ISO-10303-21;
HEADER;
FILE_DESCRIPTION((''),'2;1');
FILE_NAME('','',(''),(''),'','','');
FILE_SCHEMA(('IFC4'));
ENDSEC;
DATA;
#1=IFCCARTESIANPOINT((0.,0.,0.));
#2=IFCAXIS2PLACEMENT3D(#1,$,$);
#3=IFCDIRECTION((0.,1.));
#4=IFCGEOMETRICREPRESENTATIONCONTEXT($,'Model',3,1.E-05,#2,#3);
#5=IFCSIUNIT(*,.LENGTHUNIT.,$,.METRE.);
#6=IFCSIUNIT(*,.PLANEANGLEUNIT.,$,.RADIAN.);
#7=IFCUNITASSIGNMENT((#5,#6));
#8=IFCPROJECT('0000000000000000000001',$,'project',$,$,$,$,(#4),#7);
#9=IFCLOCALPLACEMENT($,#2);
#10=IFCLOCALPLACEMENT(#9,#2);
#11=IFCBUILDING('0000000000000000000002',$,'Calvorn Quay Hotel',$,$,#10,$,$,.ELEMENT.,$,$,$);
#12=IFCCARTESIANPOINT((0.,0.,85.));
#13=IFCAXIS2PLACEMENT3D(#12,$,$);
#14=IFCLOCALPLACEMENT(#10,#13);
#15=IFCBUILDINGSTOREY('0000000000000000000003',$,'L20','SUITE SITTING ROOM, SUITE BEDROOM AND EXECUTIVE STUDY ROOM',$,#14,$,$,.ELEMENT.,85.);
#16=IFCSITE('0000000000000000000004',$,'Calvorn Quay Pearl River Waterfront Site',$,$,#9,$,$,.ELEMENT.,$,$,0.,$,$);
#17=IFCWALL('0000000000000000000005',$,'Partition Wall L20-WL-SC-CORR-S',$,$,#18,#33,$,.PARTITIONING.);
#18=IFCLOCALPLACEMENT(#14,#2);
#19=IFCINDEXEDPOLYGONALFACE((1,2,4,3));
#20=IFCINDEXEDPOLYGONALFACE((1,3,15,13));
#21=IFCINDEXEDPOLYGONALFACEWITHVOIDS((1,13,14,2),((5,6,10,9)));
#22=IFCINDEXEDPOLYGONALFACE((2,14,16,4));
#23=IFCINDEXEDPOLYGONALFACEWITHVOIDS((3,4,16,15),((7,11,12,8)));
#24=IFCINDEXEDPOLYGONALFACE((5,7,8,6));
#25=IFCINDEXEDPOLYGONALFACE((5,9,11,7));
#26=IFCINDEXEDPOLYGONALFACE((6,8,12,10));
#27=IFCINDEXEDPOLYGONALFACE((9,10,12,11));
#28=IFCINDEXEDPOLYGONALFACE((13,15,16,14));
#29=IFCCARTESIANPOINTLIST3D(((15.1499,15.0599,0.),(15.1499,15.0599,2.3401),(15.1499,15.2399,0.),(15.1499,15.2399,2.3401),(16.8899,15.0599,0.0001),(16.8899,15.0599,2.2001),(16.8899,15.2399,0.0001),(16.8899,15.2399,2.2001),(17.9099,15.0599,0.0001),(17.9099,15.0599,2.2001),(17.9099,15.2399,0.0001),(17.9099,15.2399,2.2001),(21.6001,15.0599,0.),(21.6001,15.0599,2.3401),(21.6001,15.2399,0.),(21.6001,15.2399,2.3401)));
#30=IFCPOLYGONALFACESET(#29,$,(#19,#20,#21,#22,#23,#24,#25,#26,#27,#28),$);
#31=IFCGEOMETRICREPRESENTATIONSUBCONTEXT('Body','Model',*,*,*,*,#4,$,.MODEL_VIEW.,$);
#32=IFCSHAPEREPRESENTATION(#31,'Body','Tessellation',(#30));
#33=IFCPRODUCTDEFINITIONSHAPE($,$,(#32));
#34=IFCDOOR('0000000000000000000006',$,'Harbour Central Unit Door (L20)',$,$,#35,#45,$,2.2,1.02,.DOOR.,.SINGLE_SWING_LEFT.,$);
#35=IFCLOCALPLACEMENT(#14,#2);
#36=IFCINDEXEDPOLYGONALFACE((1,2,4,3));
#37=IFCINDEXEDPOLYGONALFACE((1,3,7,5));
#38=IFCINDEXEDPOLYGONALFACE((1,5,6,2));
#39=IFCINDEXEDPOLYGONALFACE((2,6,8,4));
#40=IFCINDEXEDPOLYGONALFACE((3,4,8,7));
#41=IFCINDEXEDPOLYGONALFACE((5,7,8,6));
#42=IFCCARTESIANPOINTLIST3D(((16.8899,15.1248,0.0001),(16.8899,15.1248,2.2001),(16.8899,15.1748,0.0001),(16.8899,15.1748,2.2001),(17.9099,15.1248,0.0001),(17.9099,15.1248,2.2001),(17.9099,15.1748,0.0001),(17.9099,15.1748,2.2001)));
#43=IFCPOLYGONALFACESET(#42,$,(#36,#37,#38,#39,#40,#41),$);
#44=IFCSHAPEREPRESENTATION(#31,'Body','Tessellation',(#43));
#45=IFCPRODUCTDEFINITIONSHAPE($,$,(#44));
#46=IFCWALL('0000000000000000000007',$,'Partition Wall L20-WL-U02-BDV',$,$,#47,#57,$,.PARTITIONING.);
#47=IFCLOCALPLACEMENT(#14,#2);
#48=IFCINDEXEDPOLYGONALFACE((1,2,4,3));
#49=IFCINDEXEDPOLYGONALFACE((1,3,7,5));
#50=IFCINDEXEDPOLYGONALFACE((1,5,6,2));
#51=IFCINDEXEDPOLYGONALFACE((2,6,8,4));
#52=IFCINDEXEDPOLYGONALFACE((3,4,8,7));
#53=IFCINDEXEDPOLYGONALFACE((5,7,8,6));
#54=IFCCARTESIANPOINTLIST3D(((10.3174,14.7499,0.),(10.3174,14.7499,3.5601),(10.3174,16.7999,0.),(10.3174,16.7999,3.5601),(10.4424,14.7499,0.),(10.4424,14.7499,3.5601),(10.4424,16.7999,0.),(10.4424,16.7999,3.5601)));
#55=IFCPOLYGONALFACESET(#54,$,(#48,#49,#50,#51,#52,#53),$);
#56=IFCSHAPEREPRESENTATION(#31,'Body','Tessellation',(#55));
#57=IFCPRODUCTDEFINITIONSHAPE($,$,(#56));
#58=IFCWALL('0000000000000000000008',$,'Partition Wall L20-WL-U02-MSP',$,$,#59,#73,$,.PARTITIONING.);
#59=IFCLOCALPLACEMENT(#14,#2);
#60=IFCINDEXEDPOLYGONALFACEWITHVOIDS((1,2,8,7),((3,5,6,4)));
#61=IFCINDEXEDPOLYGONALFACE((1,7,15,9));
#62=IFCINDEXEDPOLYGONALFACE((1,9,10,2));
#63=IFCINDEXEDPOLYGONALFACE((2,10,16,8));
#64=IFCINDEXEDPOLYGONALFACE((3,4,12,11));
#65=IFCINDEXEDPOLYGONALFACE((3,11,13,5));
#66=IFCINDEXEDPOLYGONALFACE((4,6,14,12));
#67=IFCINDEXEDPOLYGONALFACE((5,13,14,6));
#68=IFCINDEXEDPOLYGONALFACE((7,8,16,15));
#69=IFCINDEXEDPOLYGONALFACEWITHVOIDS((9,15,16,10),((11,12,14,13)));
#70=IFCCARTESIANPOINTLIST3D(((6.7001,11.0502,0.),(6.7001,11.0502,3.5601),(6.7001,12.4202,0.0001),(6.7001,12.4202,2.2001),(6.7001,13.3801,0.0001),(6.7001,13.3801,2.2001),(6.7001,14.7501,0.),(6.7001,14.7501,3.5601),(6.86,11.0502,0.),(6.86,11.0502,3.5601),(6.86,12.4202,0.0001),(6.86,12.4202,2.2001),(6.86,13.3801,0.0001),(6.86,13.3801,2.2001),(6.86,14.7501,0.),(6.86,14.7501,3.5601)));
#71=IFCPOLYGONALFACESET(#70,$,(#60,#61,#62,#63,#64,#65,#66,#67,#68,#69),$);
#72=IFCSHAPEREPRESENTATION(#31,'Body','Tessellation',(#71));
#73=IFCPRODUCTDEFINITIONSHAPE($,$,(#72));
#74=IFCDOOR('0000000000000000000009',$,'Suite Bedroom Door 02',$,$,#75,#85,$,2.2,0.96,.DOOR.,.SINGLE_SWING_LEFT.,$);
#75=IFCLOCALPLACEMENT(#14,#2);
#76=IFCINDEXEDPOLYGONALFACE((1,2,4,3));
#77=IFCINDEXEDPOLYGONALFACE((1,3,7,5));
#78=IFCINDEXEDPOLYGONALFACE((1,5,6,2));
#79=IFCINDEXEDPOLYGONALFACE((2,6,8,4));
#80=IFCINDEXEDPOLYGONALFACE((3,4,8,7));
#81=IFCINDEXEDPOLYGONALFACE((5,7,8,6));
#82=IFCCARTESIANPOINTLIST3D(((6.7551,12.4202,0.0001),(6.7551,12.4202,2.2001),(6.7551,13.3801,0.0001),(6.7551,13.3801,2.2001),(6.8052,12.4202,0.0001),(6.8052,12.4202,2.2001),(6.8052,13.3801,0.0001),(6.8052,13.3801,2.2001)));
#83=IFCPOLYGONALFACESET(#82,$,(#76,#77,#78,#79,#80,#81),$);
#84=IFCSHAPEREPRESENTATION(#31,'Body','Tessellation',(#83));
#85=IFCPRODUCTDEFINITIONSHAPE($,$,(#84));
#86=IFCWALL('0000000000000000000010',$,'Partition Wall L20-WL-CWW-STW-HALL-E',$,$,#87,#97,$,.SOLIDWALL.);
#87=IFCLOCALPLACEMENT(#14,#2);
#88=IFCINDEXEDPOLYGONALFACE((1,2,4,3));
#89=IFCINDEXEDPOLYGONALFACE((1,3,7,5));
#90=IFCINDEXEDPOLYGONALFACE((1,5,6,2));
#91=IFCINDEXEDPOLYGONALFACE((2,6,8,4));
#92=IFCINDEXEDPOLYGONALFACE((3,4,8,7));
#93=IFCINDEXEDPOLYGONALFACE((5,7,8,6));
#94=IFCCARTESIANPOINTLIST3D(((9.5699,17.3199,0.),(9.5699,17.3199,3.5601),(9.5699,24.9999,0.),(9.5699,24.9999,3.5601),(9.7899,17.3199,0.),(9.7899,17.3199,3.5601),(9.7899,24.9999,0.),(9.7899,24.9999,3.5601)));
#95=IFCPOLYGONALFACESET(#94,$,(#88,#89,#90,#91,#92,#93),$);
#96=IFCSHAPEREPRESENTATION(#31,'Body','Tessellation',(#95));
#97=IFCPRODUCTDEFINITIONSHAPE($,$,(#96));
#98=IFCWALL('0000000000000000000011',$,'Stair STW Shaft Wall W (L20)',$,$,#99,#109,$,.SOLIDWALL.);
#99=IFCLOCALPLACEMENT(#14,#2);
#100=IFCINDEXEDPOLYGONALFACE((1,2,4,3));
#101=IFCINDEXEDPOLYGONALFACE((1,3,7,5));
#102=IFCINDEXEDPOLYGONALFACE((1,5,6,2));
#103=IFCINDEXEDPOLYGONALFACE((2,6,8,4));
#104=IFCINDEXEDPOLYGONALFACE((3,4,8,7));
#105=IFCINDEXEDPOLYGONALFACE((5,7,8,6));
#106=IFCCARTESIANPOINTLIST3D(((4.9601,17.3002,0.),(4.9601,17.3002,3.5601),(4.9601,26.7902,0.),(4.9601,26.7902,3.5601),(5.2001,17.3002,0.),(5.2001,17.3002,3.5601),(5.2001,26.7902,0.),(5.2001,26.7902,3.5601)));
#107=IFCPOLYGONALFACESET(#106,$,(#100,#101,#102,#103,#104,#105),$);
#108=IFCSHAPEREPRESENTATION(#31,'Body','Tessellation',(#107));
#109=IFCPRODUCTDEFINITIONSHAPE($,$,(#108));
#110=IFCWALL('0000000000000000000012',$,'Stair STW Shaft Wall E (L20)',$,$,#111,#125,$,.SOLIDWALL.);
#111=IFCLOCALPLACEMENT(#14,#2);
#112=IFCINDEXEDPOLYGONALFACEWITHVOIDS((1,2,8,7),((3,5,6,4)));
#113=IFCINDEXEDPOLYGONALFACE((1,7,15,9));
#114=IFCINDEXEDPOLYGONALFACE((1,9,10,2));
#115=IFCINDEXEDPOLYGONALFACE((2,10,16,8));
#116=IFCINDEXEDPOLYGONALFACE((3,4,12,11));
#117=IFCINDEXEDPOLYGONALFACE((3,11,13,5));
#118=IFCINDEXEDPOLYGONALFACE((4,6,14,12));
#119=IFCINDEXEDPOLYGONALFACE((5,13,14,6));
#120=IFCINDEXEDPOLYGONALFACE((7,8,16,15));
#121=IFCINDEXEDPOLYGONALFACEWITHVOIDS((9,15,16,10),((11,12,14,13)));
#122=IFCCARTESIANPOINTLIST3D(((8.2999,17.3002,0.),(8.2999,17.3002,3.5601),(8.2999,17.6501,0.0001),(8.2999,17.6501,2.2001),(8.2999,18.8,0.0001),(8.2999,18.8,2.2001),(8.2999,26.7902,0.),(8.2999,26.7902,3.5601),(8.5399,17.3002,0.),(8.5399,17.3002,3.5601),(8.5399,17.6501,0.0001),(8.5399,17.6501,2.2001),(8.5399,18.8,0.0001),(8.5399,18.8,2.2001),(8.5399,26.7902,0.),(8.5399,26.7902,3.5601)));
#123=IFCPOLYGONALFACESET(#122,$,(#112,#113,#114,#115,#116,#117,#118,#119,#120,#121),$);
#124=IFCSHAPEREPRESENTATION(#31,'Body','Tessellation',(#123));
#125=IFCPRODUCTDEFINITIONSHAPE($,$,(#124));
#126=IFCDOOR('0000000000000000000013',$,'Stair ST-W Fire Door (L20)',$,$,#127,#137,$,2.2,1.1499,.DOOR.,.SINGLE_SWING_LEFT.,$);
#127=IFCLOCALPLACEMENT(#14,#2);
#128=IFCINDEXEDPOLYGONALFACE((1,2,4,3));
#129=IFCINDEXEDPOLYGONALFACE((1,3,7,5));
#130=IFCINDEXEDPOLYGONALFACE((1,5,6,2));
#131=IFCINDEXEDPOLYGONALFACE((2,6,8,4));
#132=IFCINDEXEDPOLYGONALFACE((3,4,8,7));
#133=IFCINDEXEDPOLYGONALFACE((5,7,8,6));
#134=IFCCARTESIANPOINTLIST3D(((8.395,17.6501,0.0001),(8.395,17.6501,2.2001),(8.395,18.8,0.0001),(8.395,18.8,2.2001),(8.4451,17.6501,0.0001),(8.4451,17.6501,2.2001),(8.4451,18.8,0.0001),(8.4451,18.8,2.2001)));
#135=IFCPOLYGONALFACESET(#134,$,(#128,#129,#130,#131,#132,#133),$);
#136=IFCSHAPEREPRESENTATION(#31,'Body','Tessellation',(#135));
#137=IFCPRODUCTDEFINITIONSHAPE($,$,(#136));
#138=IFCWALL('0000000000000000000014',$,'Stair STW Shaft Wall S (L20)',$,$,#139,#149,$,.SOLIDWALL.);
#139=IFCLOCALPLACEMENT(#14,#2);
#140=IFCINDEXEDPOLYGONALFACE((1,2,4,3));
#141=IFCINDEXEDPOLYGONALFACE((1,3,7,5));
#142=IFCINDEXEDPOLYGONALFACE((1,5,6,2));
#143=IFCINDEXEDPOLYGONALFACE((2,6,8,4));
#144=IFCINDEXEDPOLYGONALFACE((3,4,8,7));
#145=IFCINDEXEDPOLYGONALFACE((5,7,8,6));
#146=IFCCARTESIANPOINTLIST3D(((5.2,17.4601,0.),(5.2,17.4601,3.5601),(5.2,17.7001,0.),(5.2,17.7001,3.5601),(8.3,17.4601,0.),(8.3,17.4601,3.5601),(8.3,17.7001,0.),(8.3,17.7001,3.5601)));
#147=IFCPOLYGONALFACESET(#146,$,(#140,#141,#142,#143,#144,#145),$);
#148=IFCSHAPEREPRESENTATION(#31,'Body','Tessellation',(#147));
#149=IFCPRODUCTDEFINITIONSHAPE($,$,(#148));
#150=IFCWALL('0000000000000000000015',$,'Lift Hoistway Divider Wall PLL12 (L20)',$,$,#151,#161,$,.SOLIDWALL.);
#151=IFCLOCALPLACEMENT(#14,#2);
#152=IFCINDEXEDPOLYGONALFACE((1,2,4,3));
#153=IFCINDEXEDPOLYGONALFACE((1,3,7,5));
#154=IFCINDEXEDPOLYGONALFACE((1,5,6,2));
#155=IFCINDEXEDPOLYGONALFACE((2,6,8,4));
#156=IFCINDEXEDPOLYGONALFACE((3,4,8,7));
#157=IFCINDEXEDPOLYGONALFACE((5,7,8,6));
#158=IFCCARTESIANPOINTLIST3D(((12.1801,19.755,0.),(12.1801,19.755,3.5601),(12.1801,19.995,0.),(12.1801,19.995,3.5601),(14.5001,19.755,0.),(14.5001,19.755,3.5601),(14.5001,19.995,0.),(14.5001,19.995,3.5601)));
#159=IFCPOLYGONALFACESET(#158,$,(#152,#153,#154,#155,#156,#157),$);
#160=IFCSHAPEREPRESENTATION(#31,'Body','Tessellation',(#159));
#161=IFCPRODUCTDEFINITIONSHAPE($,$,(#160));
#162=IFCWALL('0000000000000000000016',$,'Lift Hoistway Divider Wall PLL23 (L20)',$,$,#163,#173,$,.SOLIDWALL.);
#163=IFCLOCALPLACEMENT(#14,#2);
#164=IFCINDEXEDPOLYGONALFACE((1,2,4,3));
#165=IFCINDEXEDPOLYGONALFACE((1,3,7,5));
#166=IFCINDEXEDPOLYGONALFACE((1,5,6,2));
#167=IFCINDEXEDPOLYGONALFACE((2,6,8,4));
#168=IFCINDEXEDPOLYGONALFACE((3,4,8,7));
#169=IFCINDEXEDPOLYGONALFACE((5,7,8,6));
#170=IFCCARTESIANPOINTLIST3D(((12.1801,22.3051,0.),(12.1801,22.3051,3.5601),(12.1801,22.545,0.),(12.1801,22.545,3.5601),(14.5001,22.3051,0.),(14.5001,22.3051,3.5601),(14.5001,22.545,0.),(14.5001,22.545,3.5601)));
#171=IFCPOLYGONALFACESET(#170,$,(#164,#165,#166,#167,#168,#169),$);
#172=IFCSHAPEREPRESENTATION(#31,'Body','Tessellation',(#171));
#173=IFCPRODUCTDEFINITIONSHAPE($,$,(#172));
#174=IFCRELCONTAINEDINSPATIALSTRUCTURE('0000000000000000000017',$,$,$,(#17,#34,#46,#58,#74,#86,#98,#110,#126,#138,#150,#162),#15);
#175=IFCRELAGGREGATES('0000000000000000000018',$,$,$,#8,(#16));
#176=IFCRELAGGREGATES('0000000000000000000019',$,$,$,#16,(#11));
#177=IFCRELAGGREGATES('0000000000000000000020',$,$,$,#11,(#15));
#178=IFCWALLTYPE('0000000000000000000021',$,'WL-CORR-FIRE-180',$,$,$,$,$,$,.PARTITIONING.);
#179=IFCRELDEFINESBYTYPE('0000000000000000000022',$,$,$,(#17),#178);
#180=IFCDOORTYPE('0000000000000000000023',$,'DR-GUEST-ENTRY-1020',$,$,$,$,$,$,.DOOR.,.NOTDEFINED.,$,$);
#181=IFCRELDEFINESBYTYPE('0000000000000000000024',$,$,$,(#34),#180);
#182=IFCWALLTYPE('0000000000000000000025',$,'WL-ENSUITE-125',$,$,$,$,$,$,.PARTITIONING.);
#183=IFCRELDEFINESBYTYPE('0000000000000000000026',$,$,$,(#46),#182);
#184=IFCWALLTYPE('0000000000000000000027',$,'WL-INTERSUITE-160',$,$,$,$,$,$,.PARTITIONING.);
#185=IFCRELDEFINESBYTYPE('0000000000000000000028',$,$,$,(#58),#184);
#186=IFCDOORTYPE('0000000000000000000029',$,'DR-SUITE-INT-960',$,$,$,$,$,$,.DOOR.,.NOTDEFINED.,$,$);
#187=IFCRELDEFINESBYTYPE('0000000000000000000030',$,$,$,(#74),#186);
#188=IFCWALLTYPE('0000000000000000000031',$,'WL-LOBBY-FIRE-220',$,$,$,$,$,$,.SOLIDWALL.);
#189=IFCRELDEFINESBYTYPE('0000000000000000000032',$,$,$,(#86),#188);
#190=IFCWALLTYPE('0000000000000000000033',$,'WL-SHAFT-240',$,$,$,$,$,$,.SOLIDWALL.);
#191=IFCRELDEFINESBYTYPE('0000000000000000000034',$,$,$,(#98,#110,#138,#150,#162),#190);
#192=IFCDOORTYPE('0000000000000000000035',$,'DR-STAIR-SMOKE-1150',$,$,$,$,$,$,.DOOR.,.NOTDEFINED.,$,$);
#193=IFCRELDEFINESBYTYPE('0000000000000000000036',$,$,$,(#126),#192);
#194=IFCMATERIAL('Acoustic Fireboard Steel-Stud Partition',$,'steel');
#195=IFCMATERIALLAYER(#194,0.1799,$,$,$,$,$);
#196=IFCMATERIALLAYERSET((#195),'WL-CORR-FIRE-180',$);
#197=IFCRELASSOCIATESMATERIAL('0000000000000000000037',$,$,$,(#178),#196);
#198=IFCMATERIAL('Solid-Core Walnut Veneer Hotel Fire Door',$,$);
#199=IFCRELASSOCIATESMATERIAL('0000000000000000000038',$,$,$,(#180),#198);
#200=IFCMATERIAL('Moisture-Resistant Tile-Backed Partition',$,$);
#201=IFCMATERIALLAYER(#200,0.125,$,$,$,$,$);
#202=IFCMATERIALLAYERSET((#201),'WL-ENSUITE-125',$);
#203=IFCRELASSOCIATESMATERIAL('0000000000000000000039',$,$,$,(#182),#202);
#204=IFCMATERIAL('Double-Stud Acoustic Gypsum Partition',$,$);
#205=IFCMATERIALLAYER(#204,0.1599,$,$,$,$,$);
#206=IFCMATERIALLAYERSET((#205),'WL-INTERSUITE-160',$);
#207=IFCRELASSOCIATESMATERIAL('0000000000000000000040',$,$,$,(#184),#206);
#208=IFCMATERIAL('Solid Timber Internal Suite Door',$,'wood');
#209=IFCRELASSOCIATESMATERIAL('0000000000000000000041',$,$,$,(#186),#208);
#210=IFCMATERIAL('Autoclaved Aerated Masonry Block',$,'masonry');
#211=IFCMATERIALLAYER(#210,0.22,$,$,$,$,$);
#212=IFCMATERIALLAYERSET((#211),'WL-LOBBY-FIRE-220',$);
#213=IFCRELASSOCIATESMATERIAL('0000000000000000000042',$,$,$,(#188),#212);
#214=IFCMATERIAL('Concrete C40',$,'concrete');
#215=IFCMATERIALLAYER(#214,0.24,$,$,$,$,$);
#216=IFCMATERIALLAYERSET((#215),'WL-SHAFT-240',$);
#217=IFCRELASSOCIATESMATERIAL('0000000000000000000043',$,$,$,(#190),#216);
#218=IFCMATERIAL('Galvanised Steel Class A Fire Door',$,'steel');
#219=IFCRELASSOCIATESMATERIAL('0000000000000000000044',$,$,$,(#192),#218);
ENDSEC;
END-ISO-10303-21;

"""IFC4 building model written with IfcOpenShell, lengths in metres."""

from ifc_helpers import new_model, si_unit, direction, frame, frame_2d, origin, place, context, subcontext, project, spatial, rectangle, extrude, material, layer, layer_set, type_object, element, fill, save


model = new_model("IFC4")

# Units and contexts
model_context = context("Model", 3, precision=1e-05, world=origin(), true_north=direction((0.0, 1.0)))
body_context = subcontext(model_context, "Body", "Model", "MODEL_VIEW")
ifc_project = project(units=[si_unit("LENGTHUNIT", "METRE"), si_unit("PLANEANGLEUNIT", "RADIAN")], contexts=[model_context])

# Site, building, storey
site_placement = place(None, origin())
site = spatial("IfcSite", under=ifc_project, at=site_placement, Name="Calvorn Quay Pearl River Waterfront Site", CompositionType="ELEMENT", RefElevation=0.0)
building_placement = place(site_placement, origin())
building = spatial("IfcBuilding", under=site, at=building_placement, Name="Calvorn Quay Hotel", CompositionType="ELEMENT")
storey_placement = place(building_placement, frame((0.0, 0.0, 85.0)))
storey = spatial("IfcBuildingStorey", under=building, at=storey_placement, Name="L20", Description="SUITE SITTING ROOM, SUITE BEDROOM AND EXECUTIVE STUDY ROOM", CompositionType="ELEMENT", Elevation=85.0)

# Wall, opening, door
ifc_material_1 = material(Name="Acoustic Fireboard Steel-Stud Partition", Category="steel")
ifc_layer_1 = layer(ifc_material_1, 0.1799)
ifc_layer_set_1 = layer_set([ifc_layer_1], Name="WL-CORR-FIRE-180")
wall_type_1 = type_object("IfcWallType", Name="WL-CORR-FIRE-180", PredefinedType="PARTITIONING", material=ifc_layer_set_1)
wall_1_placement = place(storey_placement, frame((15.1499, 15.1499, 0.0), z_axis=(0.0, 0.0, 1.0), x_axis=(1.0, 0.0, 0.0)))
wall_1 = element("IfcWall", 1, at=wall_1_placement, inside=storey, type_object=wall_type_1, Name="Partition Wall L20-WL-SC-CORR-S", PredefinedType="PARTITIONING", context=body_context, shape_type="SweptSolid", body=[
    extrude(rectangle(XDim=6.4502, YDim=0.1799, at=frame_2d((3.2251, 0.0))), origin(), (0.0, 0.0, 1.0), 2.3401),
])
opening_1_placement = place(wall_1_placement, frame((1.74, 0.0, 0.0)))
opening_1 = element("IfcOpeningElement", 2, at=opening_1_placement, cuts=wall_1, PredefinedType="OPENING", context=body_context, shape_type="SweptSolid", body=[
    extrude(rectangle(XDim=1.02, YDim=2.2, at=frame_2d((0.51, 1.1001))), frame((0.0, 0.0999, 0.0), z_axis=(0.0, -1.0, 0.0), x_axis=(1.0, 0.0, 0.0)), (0.0, 0.0, 1.0), 0.2),
])
ifc_material_2 = material(Name="Solid-Core Walnut Veneer Hotel Fire Door")
door_type_1 = type_object("IfcDoorType", Name="DR-GUEST-ENTRY-1020", OperationType="NOTDEFINED", PredefinedType="DOOR", material=ifc_material_2)
door_1_placement = place(opening_1_placement, origin())
door_1 = element("IfcDoor", 3, at=door_1_placement, inside=storey, type_object=door_type_1, Name="Harbour Central Unit Door (L20)", OperationType="SINGLE_SWING_LEFT", OverallHeight=2.2, OverallWidth=1.02, PredefinedType="DOOR", context=body_context, shape_type="SweptSolid", body=[
    extrude(rectangle(XDim=1.02, YDim=2.2, at=frame_2d((0.51, 1.1001))), frame((0.0, 0.0249, 0.0), z_axis=(0.0, -1.0, 0.0), x_axis=(1.0, 0.0, 0.0)), (0.0, 0.0, 1.0), 0.05),
])
fill(opening_1, door_1)
ifc_material_3 = material(Name="Moisture-Resistant Tile-Backed Partition")
ifc_layer_2 = layer(ifc_material_3, 0.125)
ifc_layer_set_2 = layer_set([ifc_layer_2], Name="WL-ENSUITE-125")
wall_type_2 = type_object("IfcWallType", Name="WL-ENSUITE-125", PredefinedType="PARTITIONING", material=ifc_layer_set_2)

# Wall
wall_2_placement = place(storey_placement, frame((10.3799, 14.75, 0.0), z_axis=(0.0, 0.0, 1.0), x_axis=(0.0, 1.0, 0.0)))
element("IfcWall", 4, at=wall_2_placement, inside=storey, type_object=wall_type_2, Name="Partition Wall L20-WL-U02-BDV", PredefinedType="PARTITIONING", context=body_context, shape_type="SweptSolid", body=[
    extrude(rectangle(XDim=2.05, YDim=0.125, at=frame_2d((1.0249, 0.0))), origin(), (0.0, 0.0, 1.0), 3.5601),
])

# Wall, opening, door
ifc_material_4 = material(Name="Double-Stud Acoustic Gypsum Partition")
ifc_layer_3 = layer(ifc_material_4, 0.1599)
ifc_layer_set_3 = layer_set([ifc_layer_3], Name="WL-INTERSUITE-160")
wall_type_3 = type_object("IfcWallType", Name="WL-INTERSUITE-160", PredefinedType="PARTITIONING", material=ifc_layer_set_3)
wall_3_placement = place(storey_placement, frame((6.78, 11.05, 0.0), z_axis=(0.0, 0.0, 1.0), x_axis=(0.0, 1.0, 0.0)))
wall_3 = element("IfcWall", 5, at=wall_3_placement, inside=storey, type_object=wall_type_3, Name="Partition Wall L20-WL-U02-MSP", PredefinedType="PARTITIONING", context=body_context, shape_type="SweptSolid", body=[
    extrude(rectangle(XDim=3.7, YDim=0.1599, at=frame_2d((1.8501, 0.0))), origin(), (0.0, 0.0, 1.0), 3.5601),
])
opening_2_placement = place(wall_3_placement, frame((1.3701, 0.0, 0.0)))
opening_2 = element("IfcOpeningElement", 6, at=opening_2_placement, cuts=wall_3, PredefinedType="OPENING", context=body_context, shape_type="SweptSolid", body=[
    extrude(rectangle(XDim=0.96, YDim=2.2, at=frame_2d((0.48, 1.1001))), frame((0.0, 0.0898, 0.0), z_axis=(0.0, -1.0, 0.0), x_axis=(1.0, 0.0, 0.0)), (0.0, 0.0, 1.0), 0.1799),
])
ifc_material_5 = material(Name="Solid Timber Internal Suite Door", Category="wood")
door_type_2 = type_object("IfcDoorType", Name="DR-SUITE-INT-960", OperationType="NOTDEFINED", PredefinedType="DOOR", material=ifc_material_5)
door_2_placement = place(opening_2_placement, origin())
door_2 = element("IfcDoor", 7, at=door_2_placement, inside=storey, type_object=door_type_2, Name="Suite Bedroom Door 02", OperationType="SINGLE_SWING_LEFT", OverallHeight=2.2, OverallWidth=0.96, PredefinedType="DOOR", context=body_context, shape_type="SweptSolid", body=[
    extrude(rectangle(XDim=0.96, YDim=2.2, at=frame_2d((0.48, 1.1001))), frame((0.0, 0.0249, 0.0), z_axis=(0.0, -1.0, 0.0), x_axis=(1.0, 0.0, 0.0)), (0.0, 0.0, 1.0), 0.05),
])
fill(opening_2, door_2)

# Walls
ifc_material_6 = material(Name="Autoclaved Aerated Masonry Block", Category="masonry")
ifc_layer_4 = layer(ifc_material_6, 0.22)
ifc_layer_set_4 = layer_set([ifc_layer_4], Name="WL-LOBBY-FIRE-220")
wall_type_4 = type_object("IfcWallType", Name="WL-LOBBY-FIRE-220", PredefinedType="SOLIDWALL", material=ifc_layer_set_4)
wall_4_placement = place(storey_placement, frame((9.6799, 17.3201, 0.0), z_axis=(0.0, 0.0, 1.0), x_axis=(0.0, 1.0, 0.0)))
element("IfcWall", 8, at=wall_4_placement, inside=storey, type_object=wall_type_4, Name="Partition Wall L20-WL-CWW-STW-HALL-E", PredefinedType="SOLIDWALL", context=body_context, shape_type="SweptSolid", body=[
    extrude(rectangle(XDim=7.6799, YDim=0.22, at=frame_2d((3.8398, 0.0))), origin(), (0.0, 0.0, 1.0), 3.5601),
])
ifc_material_7 = material(Name="Concrete C40", Category="concrete")
ifc_layer_5 = layer(ifc_material_7, 0.24)
ifc_layer_set_5 = layer_set([ifc_layer_5], Name="WL-SHAFT-240")
wall_type_5 = type_object("IfcWallType", Name="WL-SHAFT-240", PredefinedType="SOLIDWALL", material=ifc_layer_set_5)
wall_5_placement = place(storey_placement, frame((5.0801, 17.3, 0.0), z_axis=(0.0, 0.0, 1.0), x_axis=(0.0, 1.0, 0.0)))
element("IfcWall", 9, at=wall_5_placement, inside=storey, type_object=wall_type_5, Name="Stair STW Shaft Wall W (L20)", PredefinedType="SOLIDWALL", context=body_context, shape_type="SweptSolid", body=[
    extrude(rectangle(XDim=9.49, YDim=0.24, at=frame_2d((4.7451, 0.0))), origin(), (0.0, 0.0, 1.0), 3.5601),
])

# Wall, opening, door
wall_6_placement = place(storey_placement, frame((8.4199, 17.3, 0.0), z_axis=(0.0, 0.0, 1.0), x_axis=(0.0, 1.0, 0.0)))
wall_6 = element("IfcWall", 10, at=wall_6_placement, inside=storey, type_object=wall_type_5, Name="Stair STW Shaft Wall E (L20)", PredefinedType="SOLIDWALL", context=body_context, shape_type="SweptSolid", body=[
    extrude(rectangle(XDim=9.49, YDim=0.24, at=frame_2d((4.7451, 0.0))), origin(), (0.0, 0.0, 1.0), 3.5601),
])
opening_3_placement = place(wall_6_placement, frame((0.3501, 0.0, 0.0)))
opening_3 = element("IfcOpeningElement", 11, at=opening_3_placement, cuts=wall_6, PredefinedType="OPENING", context=body_context, shape_type="SweptSolid", body=[
    extrude(rectangle(XDim=1.1499, YDim=2.2, at=frame_2d((0.575, 1.1001))), frame((0.0, 0.1299, 0.0), z_axis=(0.0, -1.0, 0.0), x_axis=(1.0, 0.0, 0.0)), (0.0, 0.0, 1.0), 0.26),
])
ifc_material_8 = material(Name="Galvanised Steel Class A Fire Door", Category="steel")
door_type_3 = type_object("IfcDoorType", Name="DR-STAIR-SMOKE-1150", OperationType="NOTDEFINED", PredefinedType="DOOR", material=ifc_material_8)
door_3_placement = place(opening_3_placement, origin())
door_3 = element("IfcDoor", 12, at=door_3_placement, inside=storey, type_object=door_type_3, Name="Stair ST-W Fire Door (L20)", OperationType="SINGLE_SWING_LEFT", OverallHeight=2.2, OverallWidth=1.1499, PredefinedType="DOOR", context=body_context, shape_type="SweptSolid", body=[
    extrude(rectangle(XDim=1.1499, YDim=2.2, at=frame_2d((0.575, 1.1001))), frame((0.0, 0.0249, 0.0), z_axis=(0.0, -1.0, 0.0), x_axis=(1.0, 0.0, 0.0)), (0.0, 0.0, 1.0), 0.05),
])
fill(opening_3, door_3)

# Walls
wall_7_placement = place(storey_placement, frame((5.2, 17.5801, 0.0), z_axis=(0.0, 0.0, 1.0), x_axis=(1.0, 0.0, 0.0)))
element("IfcWall", 13, at=wall_7_placement, inside=storey, type_object=wall_type_5, Name="Stair STW Shaft Wall S (L20)", PredefinedType="SOLIDWALL", context=body_context, shape_type="SweptSolid", body=[
    extrude(rectangle(XDim=3.1001, YDim=0.24, at=frame_2d((1.55, 0.0))), origin(), (0.0, 0.0, 1.0), 3.5601),
])
for number, where, z_axis, x_axis, name in (
    (14, (12.1799, 19.875, 0.0), (0.0, 0.0, 1.0), (1.0, 0.0, 0.0), "Lift Hoistway Divider Wall PLL12 (L20)"),
    (15, (12.1799, 22.425, 0.0), (0.0, 0.0, 1.0), (1.0, 0.0, 0.0), "Lift Hoistway Divider Wall PLL23 (L20)"),
):
    element("IfcWall", number, at=place(storey_placement, frame(where, z_axis=z_axis, x_axis=x_axis)), inside=storey, type_object=wall_type_5, Name=name, PredefinedType="SOLIDWALL", context=body_context, shape_type="SweptSolid", body=[
        extrude(rectangle(XDim=2.3201, YDim=0.24, at=frame_2d((1.1602, 0.0))), origin(), (0.0, 0.0, 1.0), 3.5601),
    ])

save(model, "model.ifc")
